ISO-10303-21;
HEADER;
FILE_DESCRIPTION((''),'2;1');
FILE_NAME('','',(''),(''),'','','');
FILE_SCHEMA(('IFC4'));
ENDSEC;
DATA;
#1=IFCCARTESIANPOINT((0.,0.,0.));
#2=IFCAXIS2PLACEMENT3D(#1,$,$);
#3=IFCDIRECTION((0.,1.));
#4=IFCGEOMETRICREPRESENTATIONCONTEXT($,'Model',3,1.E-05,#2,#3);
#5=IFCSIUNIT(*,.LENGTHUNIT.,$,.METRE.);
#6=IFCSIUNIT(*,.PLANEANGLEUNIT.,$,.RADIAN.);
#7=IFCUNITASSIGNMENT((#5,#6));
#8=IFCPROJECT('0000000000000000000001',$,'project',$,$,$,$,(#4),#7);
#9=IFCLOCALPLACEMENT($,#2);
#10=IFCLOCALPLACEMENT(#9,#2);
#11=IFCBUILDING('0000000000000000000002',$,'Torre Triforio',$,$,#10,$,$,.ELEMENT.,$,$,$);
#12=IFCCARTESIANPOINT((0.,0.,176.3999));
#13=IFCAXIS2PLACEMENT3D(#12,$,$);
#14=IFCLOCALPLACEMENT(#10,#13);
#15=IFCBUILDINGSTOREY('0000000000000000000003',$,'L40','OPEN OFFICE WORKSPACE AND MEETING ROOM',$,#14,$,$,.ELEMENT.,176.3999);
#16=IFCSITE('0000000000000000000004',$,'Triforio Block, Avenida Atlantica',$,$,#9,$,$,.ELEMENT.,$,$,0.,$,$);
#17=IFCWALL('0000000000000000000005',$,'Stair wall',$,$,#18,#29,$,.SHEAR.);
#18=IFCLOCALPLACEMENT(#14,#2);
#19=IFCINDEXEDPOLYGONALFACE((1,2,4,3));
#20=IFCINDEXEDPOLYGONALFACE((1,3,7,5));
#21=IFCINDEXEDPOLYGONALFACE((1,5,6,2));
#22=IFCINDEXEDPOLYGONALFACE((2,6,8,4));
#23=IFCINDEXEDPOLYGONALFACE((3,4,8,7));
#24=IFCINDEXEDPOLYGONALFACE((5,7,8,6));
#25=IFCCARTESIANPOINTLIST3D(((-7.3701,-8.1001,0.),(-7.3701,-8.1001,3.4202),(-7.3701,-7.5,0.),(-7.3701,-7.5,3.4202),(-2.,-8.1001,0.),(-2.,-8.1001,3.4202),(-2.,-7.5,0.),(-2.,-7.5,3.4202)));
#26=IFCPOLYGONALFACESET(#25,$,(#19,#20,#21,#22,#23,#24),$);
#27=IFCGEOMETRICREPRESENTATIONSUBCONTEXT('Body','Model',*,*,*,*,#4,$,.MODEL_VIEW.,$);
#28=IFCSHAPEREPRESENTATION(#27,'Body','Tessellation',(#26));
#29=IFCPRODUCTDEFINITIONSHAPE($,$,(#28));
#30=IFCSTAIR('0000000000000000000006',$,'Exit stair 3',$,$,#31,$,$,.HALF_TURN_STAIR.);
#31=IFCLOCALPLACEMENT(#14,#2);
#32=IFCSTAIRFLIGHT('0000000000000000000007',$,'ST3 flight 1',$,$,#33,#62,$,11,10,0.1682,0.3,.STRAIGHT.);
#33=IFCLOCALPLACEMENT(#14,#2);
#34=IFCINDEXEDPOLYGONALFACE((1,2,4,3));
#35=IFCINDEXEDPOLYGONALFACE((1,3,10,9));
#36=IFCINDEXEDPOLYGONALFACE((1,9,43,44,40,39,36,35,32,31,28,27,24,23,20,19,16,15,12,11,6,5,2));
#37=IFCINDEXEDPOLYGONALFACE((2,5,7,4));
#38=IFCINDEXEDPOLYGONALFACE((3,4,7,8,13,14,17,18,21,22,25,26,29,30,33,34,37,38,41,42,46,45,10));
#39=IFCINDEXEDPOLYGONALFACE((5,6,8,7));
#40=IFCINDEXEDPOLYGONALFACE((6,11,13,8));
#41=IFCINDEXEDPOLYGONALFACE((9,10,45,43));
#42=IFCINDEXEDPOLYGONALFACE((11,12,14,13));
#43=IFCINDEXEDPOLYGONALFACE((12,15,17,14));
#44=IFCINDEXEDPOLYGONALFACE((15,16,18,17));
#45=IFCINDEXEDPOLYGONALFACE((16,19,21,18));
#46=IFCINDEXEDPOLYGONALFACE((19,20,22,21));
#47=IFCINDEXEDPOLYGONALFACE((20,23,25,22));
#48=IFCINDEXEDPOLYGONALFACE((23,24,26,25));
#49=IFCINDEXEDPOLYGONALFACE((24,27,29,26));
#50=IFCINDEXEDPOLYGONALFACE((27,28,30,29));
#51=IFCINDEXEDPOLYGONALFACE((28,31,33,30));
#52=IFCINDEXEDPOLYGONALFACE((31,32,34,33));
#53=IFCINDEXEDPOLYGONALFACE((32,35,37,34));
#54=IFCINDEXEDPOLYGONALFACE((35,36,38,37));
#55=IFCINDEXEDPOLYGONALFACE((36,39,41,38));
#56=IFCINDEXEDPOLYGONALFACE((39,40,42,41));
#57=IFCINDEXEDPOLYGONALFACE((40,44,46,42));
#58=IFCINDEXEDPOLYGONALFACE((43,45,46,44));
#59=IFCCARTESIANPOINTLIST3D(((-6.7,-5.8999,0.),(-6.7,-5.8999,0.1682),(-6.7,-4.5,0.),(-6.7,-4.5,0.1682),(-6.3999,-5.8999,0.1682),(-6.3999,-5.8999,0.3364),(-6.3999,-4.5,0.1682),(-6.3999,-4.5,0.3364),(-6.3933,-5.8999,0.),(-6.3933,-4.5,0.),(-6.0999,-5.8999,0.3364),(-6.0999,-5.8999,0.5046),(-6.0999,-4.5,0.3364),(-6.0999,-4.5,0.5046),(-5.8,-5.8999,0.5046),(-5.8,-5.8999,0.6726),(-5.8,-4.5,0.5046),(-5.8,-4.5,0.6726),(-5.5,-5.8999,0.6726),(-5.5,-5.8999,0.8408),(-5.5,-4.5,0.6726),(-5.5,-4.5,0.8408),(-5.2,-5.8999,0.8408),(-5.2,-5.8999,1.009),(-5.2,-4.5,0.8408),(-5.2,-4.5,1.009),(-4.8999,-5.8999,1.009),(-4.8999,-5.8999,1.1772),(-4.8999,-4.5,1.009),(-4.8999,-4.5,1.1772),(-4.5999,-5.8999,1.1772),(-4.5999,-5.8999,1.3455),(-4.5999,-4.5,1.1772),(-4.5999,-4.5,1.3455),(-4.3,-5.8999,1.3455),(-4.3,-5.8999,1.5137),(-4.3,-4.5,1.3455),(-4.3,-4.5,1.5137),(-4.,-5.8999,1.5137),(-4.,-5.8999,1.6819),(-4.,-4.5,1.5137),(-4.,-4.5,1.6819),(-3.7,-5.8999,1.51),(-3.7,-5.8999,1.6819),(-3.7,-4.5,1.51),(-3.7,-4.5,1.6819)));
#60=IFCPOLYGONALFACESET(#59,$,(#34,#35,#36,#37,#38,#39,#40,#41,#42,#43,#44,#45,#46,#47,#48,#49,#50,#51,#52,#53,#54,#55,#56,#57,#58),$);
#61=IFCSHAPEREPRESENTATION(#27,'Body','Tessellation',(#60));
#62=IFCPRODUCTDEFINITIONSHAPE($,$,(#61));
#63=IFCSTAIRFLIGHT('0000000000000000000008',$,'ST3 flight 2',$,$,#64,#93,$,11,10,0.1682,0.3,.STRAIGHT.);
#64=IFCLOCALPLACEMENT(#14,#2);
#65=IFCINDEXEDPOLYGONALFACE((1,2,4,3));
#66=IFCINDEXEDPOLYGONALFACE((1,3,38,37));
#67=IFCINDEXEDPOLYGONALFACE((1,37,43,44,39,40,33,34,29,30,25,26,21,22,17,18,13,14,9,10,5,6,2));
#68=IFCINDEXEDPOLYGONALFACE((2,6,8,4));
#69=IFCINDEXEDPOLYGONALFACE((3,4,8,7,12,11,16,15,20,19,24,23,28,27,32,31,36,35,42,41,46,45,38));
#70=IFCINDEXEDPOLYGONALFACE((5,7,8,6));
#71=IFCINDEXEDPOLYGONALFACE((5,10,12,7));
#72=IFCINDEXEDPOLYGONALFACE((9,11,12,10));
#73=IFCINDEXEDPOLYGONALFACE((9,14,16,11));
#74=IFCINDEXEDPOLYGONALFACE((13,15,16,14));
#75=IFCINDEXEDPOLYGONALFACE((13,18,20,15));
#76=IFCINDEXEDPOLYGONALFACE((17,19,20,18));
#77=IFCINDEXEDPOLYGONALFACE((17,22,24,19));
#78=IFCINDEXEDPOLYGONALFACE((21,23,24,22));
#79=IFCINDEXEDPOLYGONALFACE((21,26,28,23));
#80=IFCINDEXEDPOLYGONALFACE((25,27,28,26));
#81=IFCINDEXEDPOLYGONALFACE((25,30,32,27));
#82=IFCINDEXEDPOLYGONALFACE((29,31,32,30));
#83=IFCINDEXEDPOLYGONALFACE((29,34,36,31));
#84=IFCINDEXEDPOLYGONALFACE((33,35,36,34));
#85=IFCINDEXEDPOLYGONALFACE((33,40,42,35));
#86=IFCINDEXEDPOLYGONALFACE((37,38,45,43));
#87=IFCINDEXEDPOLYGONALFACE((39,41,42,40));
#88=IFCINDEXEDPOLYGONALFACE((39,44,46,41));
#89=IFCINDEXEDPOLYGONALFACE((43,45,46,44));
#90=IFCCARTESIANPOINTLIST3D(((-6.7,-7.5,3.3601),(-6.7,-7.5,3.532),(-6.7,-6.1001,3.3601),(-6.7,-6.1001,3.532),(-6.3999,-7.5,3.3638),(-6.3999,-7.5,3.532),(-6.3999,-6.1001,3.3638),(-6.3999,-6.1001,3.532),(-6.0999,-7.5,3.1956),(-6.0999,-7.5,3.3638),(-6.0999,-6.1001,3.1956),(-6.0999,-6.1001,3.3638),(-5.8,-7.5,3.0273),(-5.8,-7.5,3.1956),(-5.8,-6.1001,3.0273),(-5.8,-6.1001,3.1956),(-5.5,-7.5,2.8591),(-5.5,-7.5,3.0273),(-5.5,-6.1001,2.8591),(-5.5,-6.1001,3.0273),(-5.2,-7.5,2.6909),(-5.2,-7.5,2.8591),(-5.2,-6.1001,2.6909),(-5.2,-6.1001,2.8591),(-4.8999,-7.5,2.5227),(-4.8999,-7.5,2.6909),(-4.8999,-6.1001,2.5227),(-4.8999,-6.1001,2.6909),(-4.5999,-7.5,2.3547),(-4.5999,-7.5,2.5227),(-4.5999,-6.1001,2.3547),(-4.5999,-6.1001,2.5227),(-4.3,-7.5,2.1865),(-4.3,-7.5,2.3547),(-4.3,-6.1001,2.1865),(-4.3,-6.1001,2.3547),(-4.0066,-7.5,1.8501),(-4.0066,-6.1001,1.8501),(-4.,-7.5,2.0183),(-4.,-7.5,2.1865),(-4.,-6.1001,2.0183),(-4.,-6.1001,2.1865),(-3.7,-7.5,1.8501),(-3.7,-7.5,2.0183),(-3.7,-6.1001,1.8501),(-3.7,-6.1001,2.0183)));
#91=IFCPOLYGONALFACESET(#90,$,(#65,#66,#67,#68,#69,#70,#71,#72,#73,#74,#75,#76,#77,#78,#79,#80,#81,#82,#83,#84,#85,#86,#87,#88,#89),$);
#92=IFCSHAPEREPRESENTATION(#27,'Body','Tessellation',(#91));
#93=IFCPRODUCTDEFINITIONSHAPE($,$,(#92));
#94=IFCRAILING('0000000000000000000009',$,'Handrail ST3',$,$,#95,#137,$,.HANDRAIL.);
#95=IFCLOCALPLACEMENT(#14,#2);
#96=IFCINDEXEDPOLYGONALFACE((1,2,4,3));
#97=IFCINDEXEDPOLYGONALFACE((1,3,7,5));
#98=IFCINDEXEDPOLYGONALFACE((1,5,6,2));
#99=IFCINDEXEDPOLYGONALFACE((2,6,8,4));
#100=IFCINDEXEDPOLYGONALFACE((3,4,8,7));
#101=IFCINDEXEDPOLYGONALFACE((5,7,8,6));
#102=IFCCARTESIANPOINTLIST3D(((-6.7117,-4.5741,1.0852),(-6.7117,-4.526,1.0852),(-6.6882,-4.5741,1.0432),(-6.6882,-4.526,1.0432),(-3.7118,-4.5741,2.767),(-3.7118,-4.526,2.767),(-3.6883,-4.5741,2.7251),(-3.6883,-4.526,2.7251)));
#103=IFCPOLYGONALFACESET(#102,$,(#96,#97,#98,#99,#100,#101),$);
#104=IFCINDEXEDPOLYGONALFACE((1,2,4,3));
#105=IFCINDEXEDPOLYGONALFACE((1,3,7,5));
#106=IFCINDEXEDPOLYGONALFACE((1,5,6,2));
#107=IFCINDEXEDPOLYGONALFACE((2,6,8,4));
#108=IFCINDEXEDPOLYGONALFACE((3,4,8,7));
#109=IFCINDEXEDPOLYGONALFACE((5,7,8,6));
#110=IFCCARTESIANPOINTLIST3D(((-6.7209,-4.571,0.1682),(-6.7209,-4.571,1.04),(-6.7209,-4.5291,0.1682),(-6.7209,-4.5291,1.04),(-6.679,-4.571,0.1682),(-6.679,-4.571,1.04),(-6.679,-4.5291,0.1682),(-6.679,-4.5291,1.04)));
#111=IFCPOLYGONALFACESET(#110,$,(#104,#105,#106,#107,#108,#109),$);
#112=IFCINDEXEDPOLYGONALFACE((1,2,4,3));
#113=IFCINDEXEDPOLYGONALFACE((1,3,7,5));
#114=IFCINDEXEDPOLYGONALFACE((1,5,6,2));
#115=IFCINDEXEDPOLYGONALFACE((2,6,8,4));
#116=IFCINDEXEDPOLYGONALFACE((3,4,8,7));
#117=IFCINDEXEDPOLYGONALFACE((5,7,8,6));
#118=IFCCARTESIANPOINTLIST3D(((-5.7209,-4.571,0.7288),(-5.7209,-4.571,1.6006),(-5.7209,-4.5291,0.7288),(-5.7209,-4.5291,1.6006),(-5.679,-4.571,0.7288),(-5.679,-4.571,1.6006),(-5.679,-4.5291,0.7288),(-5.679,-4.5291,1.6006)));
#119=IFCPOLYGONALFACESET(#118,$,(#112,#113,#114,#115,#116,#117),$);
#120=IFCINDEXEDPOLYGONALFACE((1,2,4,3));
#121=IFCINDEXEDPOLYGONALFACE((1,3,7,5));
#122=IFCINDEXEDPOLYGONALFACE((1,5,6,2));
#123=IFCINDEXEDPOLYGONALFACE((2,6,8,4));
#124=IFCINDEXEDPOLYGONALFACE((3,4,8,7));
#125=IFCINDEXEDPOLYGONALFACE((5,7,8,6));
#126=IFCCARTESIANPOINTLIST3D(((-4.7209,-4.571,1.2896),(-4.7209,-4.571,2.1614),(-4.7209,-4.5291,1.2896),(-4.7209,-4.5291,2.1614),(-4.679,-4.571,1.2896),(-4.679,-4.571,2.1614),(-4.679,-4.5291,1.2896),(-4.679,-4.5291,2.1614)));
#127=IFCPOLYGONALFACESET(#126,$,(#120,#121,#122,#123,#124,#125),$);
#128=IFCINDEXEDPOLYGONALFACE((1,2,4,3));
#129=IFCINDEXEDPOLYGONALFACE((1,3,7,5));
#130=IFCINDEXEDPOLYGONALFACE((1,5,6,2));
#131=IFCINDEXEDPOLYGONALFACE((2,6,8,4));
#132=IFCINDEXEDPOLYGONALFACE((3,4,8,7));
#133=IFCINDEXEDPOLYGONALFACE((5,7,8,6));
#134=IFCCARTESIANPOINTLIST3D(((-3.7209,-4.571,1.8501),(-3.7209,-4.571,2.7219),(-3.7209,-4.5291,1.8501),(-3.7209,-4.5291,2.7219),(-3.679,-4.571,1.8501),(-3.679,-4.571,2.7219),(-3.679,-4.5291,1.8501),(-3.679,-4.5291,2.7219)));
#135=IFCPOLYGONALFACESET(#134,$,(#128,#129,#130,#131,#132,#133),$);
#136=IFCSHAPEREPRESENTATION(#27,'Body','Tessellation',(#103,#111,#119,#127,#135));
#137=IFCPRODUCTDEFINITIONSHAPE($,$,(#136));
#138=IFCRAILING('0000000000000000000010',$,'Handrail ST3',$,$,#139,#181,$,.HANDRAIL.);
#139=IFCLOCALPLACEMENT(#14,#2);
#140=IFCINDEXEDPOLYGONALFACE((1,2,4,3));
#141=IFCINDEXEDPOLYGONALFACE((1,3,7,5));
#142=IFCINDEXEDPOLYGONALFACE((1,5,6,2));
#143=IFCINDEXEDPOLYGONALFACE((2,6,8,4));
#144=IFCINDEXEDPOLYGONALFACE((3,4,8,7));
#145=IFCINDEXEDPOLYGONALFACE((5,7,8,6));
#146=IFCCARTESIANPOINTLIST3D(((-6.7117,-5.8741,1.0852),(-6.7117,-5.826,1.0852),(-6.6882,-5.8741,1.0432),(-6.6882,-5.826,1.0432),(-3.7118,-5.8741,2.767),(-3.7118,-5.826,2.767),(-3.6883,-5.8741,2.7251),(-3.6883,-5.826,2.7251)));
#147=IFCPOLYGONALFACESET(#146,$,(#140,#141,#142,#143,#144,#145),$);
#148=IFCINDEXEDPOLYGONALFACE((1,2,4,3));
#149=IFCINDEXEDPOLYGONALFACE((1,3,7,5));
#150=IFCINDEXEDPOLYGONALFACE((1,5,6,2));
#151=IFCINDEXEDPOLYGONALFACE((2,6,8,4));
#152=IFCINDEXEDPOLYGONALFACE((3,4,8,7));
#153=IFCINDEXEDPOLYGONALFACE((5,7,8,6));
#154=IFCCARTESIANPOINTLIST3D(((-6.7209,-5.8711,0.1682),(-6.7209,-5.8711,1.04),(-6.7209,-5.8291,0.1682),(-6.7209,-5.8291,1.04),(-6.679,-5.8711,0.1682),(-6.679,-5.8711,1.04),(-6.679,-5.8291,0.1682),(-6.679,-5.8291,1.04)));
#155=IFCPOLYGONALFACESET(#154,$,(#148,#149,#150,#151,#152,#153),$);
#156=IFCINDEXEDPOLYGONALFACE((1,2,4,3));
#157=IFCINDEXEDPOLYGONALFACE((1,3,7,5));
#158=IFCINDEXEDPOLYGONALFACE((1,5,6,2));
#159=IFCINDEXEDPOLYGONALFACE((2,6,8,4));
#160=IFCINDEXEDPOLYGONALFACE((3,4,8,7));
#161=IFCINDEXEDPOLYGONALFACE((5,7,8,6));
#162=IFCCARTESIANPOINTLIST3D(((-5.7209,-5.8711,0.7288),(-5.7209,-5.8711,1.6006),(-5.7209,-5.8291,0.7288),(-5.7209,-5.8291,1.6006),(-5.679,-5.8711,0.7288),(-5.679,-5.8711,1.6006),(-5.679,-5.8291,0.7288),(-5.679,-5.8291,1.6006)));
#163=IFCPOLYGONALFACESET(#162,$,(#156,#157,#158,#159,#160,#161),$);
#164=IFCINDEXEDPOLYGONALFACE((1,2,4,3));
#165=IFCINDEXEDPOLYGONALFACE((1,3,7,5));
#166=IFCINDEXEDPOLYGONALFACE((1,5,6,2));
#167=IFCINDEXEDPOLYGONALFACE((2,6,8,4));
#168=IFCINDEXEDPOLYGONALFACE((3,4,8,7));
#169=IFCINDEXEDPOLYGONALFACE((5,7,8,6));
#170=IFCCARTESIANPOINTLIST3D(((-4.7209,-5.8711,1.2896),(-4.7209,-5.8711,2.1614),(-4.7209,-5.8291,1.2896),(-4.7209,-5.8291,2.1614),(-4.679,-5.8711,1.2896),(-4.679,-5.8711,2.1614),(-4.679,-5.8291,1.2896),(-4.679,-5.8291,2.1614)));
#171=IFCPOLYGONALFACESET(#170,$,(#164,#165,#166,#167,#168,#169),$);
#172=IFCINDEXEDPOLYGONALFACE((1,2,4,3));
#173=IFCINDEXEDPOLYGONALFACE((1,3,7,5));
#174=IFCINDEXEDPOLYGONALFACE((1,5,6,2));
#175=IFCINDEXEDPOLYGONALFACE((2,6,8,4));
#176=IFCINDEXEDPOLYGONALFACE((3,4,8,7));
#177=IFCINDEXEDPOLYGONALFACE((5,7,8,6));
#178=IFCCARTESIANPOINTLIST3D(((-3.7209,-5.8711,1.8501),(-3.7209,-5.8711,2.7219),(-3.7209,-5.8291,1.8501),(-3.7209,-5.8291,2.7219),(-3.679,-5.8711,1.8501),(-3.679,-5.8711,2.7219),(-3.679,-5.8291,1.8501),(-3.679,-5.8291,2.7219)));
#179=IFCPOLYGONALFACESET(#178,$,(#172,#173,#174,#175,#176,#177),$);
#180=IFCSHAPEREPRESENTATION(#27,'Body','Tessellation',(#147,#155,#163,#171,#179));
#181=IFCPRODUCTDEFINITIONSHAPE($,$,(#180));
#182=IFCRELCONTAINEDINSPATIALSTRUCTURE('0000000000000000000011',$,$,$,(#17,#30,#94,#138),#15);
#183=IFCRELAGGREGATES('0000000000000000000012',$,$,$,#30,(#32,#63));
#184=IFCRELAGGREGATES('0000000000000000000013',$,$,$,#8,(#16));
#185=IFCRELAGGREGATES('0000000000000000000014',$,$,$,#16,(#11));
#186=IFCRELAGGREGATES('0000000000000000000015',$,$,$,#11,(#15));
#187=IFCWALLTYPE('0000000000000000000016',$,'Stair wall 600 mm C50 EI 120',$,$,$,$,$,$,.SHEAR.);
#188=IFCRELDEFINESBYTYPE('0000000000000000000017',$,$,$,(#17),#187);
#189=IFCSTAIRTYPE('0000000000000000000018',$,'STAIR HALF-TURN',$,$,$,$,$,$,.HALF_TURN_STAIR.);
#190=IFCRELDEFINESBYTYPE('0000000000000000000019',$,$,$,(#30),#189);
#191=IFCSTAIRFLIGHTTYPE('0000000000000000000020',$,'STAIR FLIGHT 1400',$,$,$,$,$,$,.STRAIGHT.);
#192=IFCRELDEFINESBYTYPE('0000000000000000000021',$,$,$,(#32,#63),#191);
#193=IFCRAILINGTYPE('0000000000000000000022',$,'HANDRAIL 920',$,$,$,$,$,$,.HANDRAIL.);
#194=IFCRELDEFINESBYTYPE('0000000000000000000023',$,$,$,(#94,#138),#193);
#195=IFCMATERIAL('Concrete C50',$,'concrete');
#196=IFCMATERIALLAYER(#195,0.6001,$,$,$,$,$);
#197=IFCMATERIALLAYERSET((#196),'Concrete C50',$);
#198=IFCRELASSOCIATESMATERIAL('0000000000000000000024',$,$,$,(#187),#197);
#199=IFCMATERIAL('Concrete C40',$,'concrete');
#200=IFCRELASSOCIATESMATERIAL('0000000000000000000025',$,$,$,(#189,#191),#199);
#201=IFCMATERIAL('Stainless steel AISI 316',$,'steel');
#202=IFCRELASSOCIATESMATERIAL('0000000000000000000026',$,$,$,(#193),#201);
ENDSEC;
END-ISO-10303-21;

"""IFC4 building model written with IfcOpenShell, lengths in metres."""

from ifc_helpers import new_model, si_unit, direction, frame, frame_2d, origin, origin_2d, place, context, subcontext, project, spatial, polyline, rectangle, outline, extrude, material, layer, layer_set, type_object, element, aggregate, save


model = new_model("IFC4")

# Units and contexts
model_context = context("Model", 3, precision=1e-05, world=origin(), true_north=direction((0.0, 1.0)))
body_context = subcontext(model_context, "Body", "Model", "MODEL_VIEW")
ifc_project = project(units=[si_unit("LENGTHUNIT", "METRE"), si_unit("PLANEANGLEUNIT", "RADIAN")], contexts=[model_context])

# Site, building, storey
site_placement = place(None, origin())
site = spatial("IfcSite", under=ifc_project, at=site_placement, Name="Triforio Block, Avenida Atlantica", CompositionType="ELEMENT", RefElevation=0.0)
building_placement = place(site_placement, origin())
building = spatial("IfcBuilding", under=site, at=building_placement, Name="Torre Triforio", CompositionType="ELEMENT")
storey_placement = place(building_placement, frame((0.0, 0.0, 176.3999)))
storey = spatial("IfcBuildingStorey", under=building, at=storey_placement, Name="L40", Description="OPEN OFFICE WORKSPACE AND MEETING ROOM", CompositionType="ELEMENT", Elevation=176.3999)

# Shared definitions
ifc_material_1 = material(Name="Concrete C40", Category="concrete")

# Shared definitions
ifc_material_2 = material(Name="Concrete C50", Category="concrete")

# Wall
ifc_layer_1 = layer(ifc_material_2, 0.6001)
ifc_layer_set_1 = layer_set([ifc_layer_1], Name="Concrete C50")
wall_type_1 = type_object("IfcWallType", Name="Stair wall 600 mm C50 EI 120", PredefinedType="SHEAR", material=ifc_layer_set_1)
wall_1_placement = place(storey_placement, frame((-7.3701, -7.8, 0.0), z_axis=(0.0, 0.0, 1.0), x_axis=(1.0, 0.0, 0.0)))
element("IfcWall", 1, at=wall_1_placement, inside=storey, type_object=wall_type_1, Name="Stair wall", PredefinedType="SHEAR", context=body_context, shape_type="SweptSolid", body=[
    extrude(rectangle(XDim=5.3701, YDim=0.6001, at=frame_2d((2.6851, 0.0))), origin(), (0.0, 0.0, 1.0), 3.4202),
])

# Stair, stair flights
stair_type = type_object("IfcStairType", Name="STAIR HALF-TURN", PredefinedType="HALF_TURN_STAIR", material=ifc_material_1)
stair_placement = place(storey_placement, origin())
stair = element("IfcStair", 2, at=stair_placement, inside=storey, type_object=stair_type, Name="Exit stair 3", PredefinedType="HALF_TURN_STAIR")
stair_flight_type = type_object("IfcStairFlightType", Name="STAIR FLIGHT 1400", PredefinedType="STRAIGHT", material=ifc_material_1)
stair_flight_1_placement = place(storey_placement, frame((-6.7, -5.2, 0.0), z_axis=(0.0, 0.0, 1.0), x_axis=(1.0, 0.0, 0.0)))
stair_flight_1 = element("IfcStairFlight", 3, at=stair_flight_1_placement, type_object=stair_flight_type, Name="ST3 flight 1", NumberOfRisers=11, NumberOfTreads=10, PredefinedType="STRAIGHT", RiserHeight=0.1682, TreadLength=0.3, context=body_context, shape_type="SweptSolid", body=[
    extrude(outline(polyline([(0.0, 0.0), (0.0, 0.1682), (0.3, 0.1682), (0.3, 0.3364), (0.6001, 0.3364), (0.6001, 0.5046), (0.8999, 0.5046), (0.8999, 0.6726), (1.2, 0.6726), (1.2, 0.8408), (1.5, 0.8408), (1.5, 1.009), (1.8, 1.009), (1.8, 1.1772), (2.1001, 1.1772), (2.1001, 1.3455), (2.3999, 1.3455), (2.3999, 1.5137), (2.7, 1.5137), (2.7, 1.6819), (3.0, 1.6819), (3.0, 1.8501), (3.0, 1.51), (0.3066, 0.0), (0.0, 0.0)])), frame((0.0, 0.7, 0.0), z_axis=(0.0, -1.0, 0.0), x_axis=(1.0, 0.0, 0.0)), (0.0, 0.0, 1.0), 1.3999),
])
stair_flight_2_placement = place(storey_placement, frame((-3.7, -6.8, 1.8501), z_axis=(0.0, 0.0, 1.0), x_axis=(-1.0, 0.0, 0.0)))
stair_flight_2 = element("IfcStairFlight", 4, at=stair_flight_2_placement, type_object=stair_flight_type, Name="ST3 flight 2", NumberOfRisers=11, NumberOfTreads=10, PredefinedType="STRAIGHT", RiserHeight=0.1682, TreadLength=0.3, context=body_context, shape_type="SweptSolid", body=[
    extrude(outline(polyline([(0.0, 0.0), (0.0, 0.1682), (0.3, 0.1682), (0.3, 0.3364), (0.6001, 0.3364), (0.6001, 0.5046), (0.8999, 0.5046), (0.8999, 0.6726), (1.2, 0.6726), (1.2, 0.8408), (1.5, 0.8408), (1.5, 1.009), (1.8, 1.009), (1.8, 1.1772), (2.1001, 1.1772), (2.1001, 1.3455), (2.3999, 1.3455), (2.3999, 1.5137), (2.7, 1.5137), (2.7, 1.6819), (3.0, 1.6819), (3.0, 1.8501), (3.0, 1.51), (0.3066, 0.0), (0.0, 0.0)])), frame((0.0, 0.7, 0.0), z_axis=(0.0, -1.0, 0.0), x_axis=(1.0, 0.0, 0.0)), (0.0, 0.0, 1.0), 1.3999),
])
aggregate(stair, [stair_flight_1, stair_flight_2])

# Railings
ifc_material_3 = material(Name="Stainless steel AISI 316", Category="steel")
railing_type = type_object("IfcRailingType", Name="HANDRAIL 920", PredefinedType="HANDRAIL", material=ifc_material_3)
for number, where, name in (
    (5, (-6.7, -4.55, 0.1682), "Handrail ST3"),
    (6, (-6.7, -5.8501, 0.1682), "Handrail ST3"),
):
    element("IfcRailing", number, at=place(storey_placement, frame(where)), inside=storey, type_object=railing_type, Name=name, PredefinedType="HANDRAIL", context=body_context, shape_type="SweptSolid", body=[
        extrude(rectangle(XDim=0.0481, YDim=0.0481, at=origin_2d()), frame((0.0, 0.0, 0.896), z_axis=(0.872272, 0.0, 0.48902), x_axis=(0.0, 1.0, 0.0)), (0.0, 0.0, 1.0), 3.4392),
        extrude(rectangle(XDim=0.042, YDim=0.042, at=origin_2d()), origin(), (0.0, 0.0, 1.0), 0.8718),
        extrude(rectangle(XDim=0.042, YDim=0.042, at=origin_2d()), frame((1.0, 0.0, 0.5605)), (0.0, 0.0, 1.0), 0.8718),
        extrude(rectangle(XDim=0.042, YDim=0.042, at=origin_2d()), frame((2.0, 0.0, 1.1213)), (0.0, 0.0, 1.0), 0.8718),
        extrude(rectangle(XDim=0.042, YDim=0.042, at=origin_2d()), frame((3.0, 0.0, 1.6819)), (0.0, 0.0, 1.0), 0.8718),
    ])

save(model, "model.ifc")
